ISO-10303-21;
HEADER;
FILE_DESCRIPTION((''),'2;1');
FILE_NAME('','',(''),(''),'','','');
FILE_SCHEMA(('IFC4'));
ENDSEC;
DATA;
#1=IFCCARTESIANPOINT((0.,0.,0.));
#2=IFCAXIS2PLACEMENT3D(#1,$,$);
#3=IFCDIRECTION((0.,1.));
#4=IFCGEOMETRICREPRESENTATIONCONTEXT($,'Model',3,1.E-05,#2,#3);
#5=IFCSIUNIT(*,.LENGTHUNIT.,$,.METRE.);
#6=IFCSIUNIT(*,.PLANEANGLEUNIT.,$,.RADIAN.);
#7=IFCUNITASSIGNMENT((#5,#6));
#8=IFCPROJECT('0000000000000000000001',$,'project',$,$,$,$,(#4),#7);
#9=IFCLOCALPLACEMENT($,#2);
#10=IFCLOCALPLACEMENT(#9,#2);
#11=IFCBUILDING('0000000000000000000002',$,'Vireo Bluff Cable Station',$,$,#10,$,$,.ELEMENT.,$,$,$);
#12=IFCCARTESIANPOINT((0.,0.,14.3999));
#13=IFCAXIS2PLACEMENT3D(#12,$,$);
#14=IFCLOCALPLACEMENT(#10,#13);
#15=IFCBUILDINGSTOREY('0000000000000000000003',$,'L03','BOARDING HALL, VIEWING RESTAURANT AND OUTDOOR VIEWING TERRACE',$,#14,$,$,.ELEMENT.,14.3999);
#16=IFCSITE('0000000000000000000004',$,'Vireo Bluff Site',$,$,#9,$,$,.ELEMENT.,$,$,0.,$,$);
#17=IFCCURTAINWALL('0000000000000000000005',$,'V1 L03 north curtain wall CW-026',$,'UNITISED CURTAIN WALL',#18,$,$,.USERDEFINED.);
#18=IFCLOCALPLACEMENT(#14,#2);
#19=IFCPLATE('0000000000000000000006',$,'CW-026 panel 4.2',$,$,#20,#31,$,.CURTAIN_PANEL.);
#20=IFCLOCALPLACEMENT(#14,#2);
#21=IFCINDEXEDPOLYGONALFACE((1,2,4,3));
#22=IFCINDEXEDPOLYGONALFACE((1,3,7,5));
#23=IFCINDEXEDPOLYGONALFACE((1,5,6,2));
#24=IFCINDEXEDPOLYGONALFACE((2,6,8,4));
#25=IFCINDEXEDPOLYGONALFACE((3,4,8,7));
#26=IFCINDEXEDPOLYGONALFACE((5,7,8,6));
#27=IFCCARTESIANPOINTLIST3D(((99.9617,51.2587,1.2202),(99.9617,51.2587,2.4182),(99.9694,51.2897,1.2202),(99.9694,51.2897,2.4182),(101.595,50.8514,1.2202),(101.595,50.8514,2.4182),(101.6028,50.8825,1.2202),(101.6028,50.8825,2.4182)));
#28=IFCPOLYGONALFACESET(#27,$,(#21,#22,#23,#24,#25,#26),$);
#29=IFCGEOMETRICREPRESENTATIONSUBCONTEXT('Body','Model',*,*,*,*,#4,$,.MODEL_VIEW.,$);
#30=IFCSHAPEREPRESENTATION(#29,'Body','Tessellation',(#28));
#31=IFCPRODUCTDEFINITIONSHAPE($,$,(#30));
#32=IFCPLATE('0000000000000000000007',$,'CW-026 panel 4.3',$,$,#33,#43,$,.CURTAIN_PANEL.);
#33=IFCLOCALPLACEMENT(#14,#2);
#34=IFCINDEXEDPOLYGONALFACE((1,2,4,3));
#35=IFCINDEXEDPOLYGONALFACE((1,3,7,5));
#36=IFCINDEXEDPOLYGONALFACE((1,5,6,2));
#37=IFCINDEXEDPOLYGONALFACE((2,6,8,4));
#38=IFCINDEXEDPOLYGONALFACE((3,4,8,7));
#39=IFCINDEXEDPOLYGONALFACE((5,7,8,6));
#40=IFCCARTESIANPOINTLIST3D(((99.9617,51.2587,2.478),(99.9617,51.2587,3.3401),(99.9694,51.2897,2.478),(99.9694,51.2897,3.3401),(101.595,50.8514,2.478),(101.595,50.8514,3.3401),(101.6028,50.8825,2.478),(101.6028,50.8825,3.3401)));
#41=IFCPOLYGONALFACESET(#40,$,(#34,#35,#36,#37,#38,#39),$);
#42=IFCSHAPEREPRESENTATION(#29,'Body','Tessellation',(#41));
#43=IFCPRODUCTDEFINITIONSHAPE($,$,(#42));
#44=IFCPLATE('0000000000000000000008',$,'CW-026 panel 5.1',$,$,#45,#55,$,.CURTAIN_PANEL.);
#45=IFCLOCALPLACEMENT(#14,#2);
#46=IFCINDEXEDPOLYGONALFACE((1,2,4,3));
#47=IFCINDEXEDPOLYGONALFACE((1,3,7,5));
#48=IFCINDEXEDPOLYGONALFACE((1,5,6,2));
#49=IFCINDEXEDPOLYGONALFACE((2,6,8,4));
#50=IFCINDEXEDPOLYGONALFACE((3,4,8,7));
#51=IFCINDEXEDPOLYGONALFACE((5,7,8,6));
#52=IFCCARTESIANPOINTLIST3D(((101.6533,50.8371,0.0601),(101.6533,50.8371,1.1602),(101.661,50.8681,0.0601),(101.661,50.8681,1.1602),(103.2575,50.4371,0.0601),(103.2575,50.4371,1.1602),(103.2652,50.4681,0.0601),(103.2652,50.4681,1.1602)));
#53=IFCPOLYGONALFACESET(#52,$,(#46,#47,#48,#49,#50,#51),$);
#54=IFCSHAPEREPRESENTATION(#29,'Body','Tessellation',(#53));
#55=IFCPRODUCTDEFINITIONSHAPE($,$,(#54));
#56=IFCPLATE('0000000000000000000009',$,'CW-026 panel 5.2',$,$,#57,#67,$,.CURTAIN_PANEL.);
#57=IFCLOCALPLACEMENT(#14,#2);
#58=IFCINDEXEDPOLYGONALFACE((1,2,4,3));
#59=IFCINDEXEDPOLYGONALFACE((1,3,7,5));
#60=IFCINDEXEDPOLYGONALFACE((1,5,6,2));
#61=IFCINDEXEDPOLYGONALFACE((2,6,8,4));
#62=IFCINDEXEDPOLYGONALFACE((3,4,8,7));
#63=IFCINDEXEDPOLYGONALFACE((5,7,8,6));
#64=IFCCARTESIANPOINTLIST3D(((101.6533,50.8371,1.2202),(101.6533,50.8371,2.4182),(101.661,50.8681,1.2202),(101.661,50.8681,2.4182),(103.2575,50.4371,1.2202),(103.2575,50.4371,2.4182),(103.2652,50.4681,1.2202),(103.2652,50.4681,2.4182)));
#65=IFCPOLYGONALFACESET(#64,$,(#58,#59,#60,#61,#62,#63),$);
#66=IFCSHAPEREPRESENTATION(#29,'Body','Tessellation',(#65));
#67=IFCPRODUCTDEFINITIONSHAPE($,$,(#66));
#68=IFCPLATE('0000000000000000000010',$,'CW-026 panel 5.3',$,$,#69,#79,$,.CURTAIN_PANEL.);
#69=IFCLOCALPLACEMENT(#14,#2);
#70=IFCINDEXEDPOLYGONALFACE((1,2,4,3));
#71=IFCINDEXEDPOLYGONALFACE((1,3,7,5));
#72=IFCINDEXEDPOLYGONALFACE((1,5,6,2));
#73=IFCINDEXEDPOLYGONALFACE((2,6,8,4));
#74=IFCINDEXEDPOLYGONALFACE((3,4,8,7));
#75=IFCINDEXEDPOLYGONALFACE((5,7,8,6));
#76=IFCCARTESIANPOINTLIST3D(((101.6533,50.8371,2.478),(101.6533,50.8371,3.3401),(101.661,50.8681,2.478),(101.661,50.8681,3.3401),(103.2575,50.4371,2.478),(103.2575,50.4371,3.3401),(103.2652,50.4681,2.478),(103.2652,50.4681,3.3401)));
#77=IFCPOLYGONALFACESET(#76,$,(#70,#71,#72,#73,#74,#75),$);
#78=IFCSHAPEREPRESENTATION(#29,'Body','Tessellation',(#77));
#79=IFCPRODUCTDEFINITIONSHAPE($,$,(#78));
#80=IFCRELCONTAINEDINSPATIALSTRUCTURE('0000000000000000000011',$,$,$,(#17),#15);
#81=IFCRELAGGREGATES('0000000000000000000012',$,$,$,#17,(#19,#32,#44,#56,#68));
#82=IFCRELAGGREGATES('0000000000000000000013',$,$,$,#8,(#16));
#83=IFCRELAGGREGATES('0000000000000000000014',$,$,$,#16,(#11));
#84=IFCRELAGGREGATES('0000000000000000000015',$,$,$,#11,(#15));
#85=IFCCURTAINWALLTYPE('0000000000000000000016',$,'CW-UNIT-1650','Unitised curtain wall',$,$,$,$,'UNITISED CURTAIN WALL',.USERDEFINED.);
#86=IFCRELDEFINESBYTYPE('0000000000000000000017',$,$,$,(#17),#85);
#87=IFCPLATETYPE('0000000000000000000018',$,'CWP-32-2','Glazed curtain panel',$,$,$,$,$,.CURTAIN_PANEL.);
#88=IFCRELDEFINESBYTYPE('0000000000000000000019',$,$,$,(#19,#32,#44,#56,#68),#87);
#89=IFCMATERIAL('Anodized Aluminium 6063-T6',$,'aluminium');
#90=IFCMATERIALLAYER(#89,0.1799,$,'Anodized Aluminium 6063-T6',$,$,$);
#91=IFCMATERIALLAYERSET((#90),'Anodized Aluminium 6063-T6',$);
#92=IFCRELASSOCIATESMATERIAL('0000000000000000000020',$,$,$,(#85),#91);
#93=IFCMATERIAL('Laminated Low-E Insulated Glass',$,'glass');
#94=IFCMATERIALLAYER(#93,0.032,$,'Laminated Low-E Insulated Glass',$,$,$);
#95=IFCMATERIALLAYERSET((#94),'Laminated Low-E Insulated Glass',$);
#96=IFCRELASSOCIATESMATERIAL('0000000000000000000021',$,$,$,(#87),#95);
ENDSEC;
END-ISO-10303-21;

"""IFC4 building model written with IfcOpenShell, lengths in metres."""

from ifc_helpers import new_model, si_unit, direction, frame, origin, origin_2d, place, context, subcontext, project, spatial, rectangle, extrude, material, layer, layer_set, type_object, element, aggregate, save


model = new_model("IFC4")

# Units and contexts
model_context = context("Model", 3, precision=1e-05, world=origin(), true_north=direction((0.0, 1.0)))
body_context = subcontext(model_context, "Body", "Model", "MODEL_VIEW")
ifc_project = project(units=[si_unit("LENGTHUNIT", "METRE"), si_unit("PLANEANGLEUNIT", "RADIAN")], contexts=[model_context])

# Site, building, storey
site_placement = place(None, origin())
site = spatial("IfcSite", under=ifc_project, at=site_placement, Name="Vireo Bluff Site", CompositionType="ELEMENT", RefElevation=0.0)
building_placement = place(site_placement, origin())
building = spatial("IfcBuilding", under=site, at=building_placement, Name="Vireo Bluff Cable Station", CompositionType="ELEMENT")
storey_placement = place(building_placement, frame((0.0, 0.0, 14.3999)))
storey = spatial("IfcBuildingStorey", under=building, at=storey_placement, Name="L03", Description="BOARDING HALL, VIEWING RESTAURANT AND OUTDOOR VIEWING TERRACE", CompositionType="ELEMENT", Elevation=14.3999)

# Curtain wall
ifc_material_1 = material(Name="Anodized Aluminium 6063-T6", Category="aluminium")
ifc_layer_1 = layer(ifc_material_1, 0.1799, Name="Anodized Aluminium 6063-T6")
ifc_layer_set_1 = layer_set([ifc_layer_1], Name="Anodized Aluminium 6063-T6")
curtain_wall_type_1 = type_object("IfcCurtainWallType", Name="CW-UNIT-1650", Description="Unitised curtain wall", ElementType="UNITISED CURTAIN WALL", PredefinedType="USERDEFINED", material=ifc_layer_set_1)
curtain_wall_1_placement = place(storey_placement, origin())
curtain_wall_1 = element("IfcCurtainWall", 1, at=curtain_wall_1_placement, inside=storey, type_object=curtain_wall_type_1, Name="V1 L03 north curtain wall CW-026", ObjectType="UNITISED CURTAIN WALL", PredefinedType="USERDEFINED")

# Plates
ifc_material_2 = material(Name="Laminated Low-E Insulated Glass", Category="glass")
ifc_layer_2 = layer(ifc_material_2, 0.032, Name="Laminated Low-E Insulated Glass")
ifc_layer_set_2 = layer_set([ifc_layer_2], Name="Laminated Low-E Insulated Glass")
plate_type = type_object("IfcPlateType", Name="CWP-32-2", Description="Glazed curtain panel", PredefinedType="CURTAIN_PANEL", material=ifc_layer_set_2)
plate_1_placement = place(storey_placement, frame((100.7822, 51.0706, 1.2202), z_axis=(0.0, 0.0, 1.0), x_axis=(0.970296, -0.241922, 0.0)))
plate_1 = element("IfcPlate", 2, at=plate_1_placement, type_object=plate_type, Name="CW-026 panel 4.2", PredefinedType="CURTAIN_PANEL", context=body_context, shape_type="SweptSolid", body=[
    extrude(rectangle(XDim=1.6833, YDim=0.032, at=origin_2d()), origin(), (0.0, 0.0, 1.0), 1.198),
])
plate_2_placement = place(storey_placement, frame((100.7822, 51.0706, 2.478), z_axis=(0.0, 0.0, 1.0), x_axis=(0.970296, -0.241922, 0.0)))
plate_2 = element("IfcPlate", 3, at=plate_2_placement, type_object=plate_type, Name="CW-026 panel 4.3", PredefinedType="CURTAIN_PANEL", context=body_context, shape_type="SweptSolid", body=[
    extrude(rectangle(XDim=1.6833, YDim=0.032, at=origin_2d()), origin(), (0.0, 0.0, 1.0), 0.8621),
])
plate_3_placement = place(storey_placement, frame((102.4592, 50.6526, 0.0601), z_axis=(0.0, 0.0, 1.0), x_axis=(0.970296, -0.241922, 0.0)))
plate_3 = element("IfcPlate", 4, at=plate_3_placement, type_object=plate_type, Name="CW-026 panel 5.1", PredefinedType="CURTAIN_PANEL", context=body_context, shape_type="SweptSolid", body=[
    extrude(rectangle(XDim=1.6533, YDim=0.032, at=origin_2d()), origin(), (0.0, 0.0, 1.0), 1.1001),
])
plate_4_placement = place(storey_placement, frame((102.4592, 50.6526, 1.2202), z_axis=(0.0, 0.0, 1.0), x_axis=(0.970296, -0.241922, 0.0)))
plate_4 = element("IfcPlate", 5, at=plate_4_placement, type_object=plate_type, Name="CW-026 panel 5.2", PredefinedType="CURTAIN_PANEL", context=body_context, shape_type="SweptSolid", body=[
    extrude(rectangle(XDim=1.6533, YDim=0.032, at=origin_2d()), origin(), (0.0, 0.0, 1.0), 1.198),
])
plate_5_placement = place(storey_placement, frame((102.4592, 50.6526, 2.478), z_axis=(0.0, 0.0, 1.0), x_axis=(0.970296, -0.241922, 0.0)))
plate_5 = element("IfcPlate", 6, at=plate_5_placement, type_object=plate_type, Name="CW-026 panel 5.3", PredefinedType="CURTAIN_PANEL", context=body_context, shape_type="SweptSolid", body=[
    extrude(rectangle(XDim=1.6533, YDim=0.032, at=origin_2d()), origin(), (0.0, 0.0, 1.0), 0.8621),
])
aggregate(curtain_wall_1, [plate_1, plate_2, plate_3, plate_4, plate_5])

save(model, "model.ifc")
